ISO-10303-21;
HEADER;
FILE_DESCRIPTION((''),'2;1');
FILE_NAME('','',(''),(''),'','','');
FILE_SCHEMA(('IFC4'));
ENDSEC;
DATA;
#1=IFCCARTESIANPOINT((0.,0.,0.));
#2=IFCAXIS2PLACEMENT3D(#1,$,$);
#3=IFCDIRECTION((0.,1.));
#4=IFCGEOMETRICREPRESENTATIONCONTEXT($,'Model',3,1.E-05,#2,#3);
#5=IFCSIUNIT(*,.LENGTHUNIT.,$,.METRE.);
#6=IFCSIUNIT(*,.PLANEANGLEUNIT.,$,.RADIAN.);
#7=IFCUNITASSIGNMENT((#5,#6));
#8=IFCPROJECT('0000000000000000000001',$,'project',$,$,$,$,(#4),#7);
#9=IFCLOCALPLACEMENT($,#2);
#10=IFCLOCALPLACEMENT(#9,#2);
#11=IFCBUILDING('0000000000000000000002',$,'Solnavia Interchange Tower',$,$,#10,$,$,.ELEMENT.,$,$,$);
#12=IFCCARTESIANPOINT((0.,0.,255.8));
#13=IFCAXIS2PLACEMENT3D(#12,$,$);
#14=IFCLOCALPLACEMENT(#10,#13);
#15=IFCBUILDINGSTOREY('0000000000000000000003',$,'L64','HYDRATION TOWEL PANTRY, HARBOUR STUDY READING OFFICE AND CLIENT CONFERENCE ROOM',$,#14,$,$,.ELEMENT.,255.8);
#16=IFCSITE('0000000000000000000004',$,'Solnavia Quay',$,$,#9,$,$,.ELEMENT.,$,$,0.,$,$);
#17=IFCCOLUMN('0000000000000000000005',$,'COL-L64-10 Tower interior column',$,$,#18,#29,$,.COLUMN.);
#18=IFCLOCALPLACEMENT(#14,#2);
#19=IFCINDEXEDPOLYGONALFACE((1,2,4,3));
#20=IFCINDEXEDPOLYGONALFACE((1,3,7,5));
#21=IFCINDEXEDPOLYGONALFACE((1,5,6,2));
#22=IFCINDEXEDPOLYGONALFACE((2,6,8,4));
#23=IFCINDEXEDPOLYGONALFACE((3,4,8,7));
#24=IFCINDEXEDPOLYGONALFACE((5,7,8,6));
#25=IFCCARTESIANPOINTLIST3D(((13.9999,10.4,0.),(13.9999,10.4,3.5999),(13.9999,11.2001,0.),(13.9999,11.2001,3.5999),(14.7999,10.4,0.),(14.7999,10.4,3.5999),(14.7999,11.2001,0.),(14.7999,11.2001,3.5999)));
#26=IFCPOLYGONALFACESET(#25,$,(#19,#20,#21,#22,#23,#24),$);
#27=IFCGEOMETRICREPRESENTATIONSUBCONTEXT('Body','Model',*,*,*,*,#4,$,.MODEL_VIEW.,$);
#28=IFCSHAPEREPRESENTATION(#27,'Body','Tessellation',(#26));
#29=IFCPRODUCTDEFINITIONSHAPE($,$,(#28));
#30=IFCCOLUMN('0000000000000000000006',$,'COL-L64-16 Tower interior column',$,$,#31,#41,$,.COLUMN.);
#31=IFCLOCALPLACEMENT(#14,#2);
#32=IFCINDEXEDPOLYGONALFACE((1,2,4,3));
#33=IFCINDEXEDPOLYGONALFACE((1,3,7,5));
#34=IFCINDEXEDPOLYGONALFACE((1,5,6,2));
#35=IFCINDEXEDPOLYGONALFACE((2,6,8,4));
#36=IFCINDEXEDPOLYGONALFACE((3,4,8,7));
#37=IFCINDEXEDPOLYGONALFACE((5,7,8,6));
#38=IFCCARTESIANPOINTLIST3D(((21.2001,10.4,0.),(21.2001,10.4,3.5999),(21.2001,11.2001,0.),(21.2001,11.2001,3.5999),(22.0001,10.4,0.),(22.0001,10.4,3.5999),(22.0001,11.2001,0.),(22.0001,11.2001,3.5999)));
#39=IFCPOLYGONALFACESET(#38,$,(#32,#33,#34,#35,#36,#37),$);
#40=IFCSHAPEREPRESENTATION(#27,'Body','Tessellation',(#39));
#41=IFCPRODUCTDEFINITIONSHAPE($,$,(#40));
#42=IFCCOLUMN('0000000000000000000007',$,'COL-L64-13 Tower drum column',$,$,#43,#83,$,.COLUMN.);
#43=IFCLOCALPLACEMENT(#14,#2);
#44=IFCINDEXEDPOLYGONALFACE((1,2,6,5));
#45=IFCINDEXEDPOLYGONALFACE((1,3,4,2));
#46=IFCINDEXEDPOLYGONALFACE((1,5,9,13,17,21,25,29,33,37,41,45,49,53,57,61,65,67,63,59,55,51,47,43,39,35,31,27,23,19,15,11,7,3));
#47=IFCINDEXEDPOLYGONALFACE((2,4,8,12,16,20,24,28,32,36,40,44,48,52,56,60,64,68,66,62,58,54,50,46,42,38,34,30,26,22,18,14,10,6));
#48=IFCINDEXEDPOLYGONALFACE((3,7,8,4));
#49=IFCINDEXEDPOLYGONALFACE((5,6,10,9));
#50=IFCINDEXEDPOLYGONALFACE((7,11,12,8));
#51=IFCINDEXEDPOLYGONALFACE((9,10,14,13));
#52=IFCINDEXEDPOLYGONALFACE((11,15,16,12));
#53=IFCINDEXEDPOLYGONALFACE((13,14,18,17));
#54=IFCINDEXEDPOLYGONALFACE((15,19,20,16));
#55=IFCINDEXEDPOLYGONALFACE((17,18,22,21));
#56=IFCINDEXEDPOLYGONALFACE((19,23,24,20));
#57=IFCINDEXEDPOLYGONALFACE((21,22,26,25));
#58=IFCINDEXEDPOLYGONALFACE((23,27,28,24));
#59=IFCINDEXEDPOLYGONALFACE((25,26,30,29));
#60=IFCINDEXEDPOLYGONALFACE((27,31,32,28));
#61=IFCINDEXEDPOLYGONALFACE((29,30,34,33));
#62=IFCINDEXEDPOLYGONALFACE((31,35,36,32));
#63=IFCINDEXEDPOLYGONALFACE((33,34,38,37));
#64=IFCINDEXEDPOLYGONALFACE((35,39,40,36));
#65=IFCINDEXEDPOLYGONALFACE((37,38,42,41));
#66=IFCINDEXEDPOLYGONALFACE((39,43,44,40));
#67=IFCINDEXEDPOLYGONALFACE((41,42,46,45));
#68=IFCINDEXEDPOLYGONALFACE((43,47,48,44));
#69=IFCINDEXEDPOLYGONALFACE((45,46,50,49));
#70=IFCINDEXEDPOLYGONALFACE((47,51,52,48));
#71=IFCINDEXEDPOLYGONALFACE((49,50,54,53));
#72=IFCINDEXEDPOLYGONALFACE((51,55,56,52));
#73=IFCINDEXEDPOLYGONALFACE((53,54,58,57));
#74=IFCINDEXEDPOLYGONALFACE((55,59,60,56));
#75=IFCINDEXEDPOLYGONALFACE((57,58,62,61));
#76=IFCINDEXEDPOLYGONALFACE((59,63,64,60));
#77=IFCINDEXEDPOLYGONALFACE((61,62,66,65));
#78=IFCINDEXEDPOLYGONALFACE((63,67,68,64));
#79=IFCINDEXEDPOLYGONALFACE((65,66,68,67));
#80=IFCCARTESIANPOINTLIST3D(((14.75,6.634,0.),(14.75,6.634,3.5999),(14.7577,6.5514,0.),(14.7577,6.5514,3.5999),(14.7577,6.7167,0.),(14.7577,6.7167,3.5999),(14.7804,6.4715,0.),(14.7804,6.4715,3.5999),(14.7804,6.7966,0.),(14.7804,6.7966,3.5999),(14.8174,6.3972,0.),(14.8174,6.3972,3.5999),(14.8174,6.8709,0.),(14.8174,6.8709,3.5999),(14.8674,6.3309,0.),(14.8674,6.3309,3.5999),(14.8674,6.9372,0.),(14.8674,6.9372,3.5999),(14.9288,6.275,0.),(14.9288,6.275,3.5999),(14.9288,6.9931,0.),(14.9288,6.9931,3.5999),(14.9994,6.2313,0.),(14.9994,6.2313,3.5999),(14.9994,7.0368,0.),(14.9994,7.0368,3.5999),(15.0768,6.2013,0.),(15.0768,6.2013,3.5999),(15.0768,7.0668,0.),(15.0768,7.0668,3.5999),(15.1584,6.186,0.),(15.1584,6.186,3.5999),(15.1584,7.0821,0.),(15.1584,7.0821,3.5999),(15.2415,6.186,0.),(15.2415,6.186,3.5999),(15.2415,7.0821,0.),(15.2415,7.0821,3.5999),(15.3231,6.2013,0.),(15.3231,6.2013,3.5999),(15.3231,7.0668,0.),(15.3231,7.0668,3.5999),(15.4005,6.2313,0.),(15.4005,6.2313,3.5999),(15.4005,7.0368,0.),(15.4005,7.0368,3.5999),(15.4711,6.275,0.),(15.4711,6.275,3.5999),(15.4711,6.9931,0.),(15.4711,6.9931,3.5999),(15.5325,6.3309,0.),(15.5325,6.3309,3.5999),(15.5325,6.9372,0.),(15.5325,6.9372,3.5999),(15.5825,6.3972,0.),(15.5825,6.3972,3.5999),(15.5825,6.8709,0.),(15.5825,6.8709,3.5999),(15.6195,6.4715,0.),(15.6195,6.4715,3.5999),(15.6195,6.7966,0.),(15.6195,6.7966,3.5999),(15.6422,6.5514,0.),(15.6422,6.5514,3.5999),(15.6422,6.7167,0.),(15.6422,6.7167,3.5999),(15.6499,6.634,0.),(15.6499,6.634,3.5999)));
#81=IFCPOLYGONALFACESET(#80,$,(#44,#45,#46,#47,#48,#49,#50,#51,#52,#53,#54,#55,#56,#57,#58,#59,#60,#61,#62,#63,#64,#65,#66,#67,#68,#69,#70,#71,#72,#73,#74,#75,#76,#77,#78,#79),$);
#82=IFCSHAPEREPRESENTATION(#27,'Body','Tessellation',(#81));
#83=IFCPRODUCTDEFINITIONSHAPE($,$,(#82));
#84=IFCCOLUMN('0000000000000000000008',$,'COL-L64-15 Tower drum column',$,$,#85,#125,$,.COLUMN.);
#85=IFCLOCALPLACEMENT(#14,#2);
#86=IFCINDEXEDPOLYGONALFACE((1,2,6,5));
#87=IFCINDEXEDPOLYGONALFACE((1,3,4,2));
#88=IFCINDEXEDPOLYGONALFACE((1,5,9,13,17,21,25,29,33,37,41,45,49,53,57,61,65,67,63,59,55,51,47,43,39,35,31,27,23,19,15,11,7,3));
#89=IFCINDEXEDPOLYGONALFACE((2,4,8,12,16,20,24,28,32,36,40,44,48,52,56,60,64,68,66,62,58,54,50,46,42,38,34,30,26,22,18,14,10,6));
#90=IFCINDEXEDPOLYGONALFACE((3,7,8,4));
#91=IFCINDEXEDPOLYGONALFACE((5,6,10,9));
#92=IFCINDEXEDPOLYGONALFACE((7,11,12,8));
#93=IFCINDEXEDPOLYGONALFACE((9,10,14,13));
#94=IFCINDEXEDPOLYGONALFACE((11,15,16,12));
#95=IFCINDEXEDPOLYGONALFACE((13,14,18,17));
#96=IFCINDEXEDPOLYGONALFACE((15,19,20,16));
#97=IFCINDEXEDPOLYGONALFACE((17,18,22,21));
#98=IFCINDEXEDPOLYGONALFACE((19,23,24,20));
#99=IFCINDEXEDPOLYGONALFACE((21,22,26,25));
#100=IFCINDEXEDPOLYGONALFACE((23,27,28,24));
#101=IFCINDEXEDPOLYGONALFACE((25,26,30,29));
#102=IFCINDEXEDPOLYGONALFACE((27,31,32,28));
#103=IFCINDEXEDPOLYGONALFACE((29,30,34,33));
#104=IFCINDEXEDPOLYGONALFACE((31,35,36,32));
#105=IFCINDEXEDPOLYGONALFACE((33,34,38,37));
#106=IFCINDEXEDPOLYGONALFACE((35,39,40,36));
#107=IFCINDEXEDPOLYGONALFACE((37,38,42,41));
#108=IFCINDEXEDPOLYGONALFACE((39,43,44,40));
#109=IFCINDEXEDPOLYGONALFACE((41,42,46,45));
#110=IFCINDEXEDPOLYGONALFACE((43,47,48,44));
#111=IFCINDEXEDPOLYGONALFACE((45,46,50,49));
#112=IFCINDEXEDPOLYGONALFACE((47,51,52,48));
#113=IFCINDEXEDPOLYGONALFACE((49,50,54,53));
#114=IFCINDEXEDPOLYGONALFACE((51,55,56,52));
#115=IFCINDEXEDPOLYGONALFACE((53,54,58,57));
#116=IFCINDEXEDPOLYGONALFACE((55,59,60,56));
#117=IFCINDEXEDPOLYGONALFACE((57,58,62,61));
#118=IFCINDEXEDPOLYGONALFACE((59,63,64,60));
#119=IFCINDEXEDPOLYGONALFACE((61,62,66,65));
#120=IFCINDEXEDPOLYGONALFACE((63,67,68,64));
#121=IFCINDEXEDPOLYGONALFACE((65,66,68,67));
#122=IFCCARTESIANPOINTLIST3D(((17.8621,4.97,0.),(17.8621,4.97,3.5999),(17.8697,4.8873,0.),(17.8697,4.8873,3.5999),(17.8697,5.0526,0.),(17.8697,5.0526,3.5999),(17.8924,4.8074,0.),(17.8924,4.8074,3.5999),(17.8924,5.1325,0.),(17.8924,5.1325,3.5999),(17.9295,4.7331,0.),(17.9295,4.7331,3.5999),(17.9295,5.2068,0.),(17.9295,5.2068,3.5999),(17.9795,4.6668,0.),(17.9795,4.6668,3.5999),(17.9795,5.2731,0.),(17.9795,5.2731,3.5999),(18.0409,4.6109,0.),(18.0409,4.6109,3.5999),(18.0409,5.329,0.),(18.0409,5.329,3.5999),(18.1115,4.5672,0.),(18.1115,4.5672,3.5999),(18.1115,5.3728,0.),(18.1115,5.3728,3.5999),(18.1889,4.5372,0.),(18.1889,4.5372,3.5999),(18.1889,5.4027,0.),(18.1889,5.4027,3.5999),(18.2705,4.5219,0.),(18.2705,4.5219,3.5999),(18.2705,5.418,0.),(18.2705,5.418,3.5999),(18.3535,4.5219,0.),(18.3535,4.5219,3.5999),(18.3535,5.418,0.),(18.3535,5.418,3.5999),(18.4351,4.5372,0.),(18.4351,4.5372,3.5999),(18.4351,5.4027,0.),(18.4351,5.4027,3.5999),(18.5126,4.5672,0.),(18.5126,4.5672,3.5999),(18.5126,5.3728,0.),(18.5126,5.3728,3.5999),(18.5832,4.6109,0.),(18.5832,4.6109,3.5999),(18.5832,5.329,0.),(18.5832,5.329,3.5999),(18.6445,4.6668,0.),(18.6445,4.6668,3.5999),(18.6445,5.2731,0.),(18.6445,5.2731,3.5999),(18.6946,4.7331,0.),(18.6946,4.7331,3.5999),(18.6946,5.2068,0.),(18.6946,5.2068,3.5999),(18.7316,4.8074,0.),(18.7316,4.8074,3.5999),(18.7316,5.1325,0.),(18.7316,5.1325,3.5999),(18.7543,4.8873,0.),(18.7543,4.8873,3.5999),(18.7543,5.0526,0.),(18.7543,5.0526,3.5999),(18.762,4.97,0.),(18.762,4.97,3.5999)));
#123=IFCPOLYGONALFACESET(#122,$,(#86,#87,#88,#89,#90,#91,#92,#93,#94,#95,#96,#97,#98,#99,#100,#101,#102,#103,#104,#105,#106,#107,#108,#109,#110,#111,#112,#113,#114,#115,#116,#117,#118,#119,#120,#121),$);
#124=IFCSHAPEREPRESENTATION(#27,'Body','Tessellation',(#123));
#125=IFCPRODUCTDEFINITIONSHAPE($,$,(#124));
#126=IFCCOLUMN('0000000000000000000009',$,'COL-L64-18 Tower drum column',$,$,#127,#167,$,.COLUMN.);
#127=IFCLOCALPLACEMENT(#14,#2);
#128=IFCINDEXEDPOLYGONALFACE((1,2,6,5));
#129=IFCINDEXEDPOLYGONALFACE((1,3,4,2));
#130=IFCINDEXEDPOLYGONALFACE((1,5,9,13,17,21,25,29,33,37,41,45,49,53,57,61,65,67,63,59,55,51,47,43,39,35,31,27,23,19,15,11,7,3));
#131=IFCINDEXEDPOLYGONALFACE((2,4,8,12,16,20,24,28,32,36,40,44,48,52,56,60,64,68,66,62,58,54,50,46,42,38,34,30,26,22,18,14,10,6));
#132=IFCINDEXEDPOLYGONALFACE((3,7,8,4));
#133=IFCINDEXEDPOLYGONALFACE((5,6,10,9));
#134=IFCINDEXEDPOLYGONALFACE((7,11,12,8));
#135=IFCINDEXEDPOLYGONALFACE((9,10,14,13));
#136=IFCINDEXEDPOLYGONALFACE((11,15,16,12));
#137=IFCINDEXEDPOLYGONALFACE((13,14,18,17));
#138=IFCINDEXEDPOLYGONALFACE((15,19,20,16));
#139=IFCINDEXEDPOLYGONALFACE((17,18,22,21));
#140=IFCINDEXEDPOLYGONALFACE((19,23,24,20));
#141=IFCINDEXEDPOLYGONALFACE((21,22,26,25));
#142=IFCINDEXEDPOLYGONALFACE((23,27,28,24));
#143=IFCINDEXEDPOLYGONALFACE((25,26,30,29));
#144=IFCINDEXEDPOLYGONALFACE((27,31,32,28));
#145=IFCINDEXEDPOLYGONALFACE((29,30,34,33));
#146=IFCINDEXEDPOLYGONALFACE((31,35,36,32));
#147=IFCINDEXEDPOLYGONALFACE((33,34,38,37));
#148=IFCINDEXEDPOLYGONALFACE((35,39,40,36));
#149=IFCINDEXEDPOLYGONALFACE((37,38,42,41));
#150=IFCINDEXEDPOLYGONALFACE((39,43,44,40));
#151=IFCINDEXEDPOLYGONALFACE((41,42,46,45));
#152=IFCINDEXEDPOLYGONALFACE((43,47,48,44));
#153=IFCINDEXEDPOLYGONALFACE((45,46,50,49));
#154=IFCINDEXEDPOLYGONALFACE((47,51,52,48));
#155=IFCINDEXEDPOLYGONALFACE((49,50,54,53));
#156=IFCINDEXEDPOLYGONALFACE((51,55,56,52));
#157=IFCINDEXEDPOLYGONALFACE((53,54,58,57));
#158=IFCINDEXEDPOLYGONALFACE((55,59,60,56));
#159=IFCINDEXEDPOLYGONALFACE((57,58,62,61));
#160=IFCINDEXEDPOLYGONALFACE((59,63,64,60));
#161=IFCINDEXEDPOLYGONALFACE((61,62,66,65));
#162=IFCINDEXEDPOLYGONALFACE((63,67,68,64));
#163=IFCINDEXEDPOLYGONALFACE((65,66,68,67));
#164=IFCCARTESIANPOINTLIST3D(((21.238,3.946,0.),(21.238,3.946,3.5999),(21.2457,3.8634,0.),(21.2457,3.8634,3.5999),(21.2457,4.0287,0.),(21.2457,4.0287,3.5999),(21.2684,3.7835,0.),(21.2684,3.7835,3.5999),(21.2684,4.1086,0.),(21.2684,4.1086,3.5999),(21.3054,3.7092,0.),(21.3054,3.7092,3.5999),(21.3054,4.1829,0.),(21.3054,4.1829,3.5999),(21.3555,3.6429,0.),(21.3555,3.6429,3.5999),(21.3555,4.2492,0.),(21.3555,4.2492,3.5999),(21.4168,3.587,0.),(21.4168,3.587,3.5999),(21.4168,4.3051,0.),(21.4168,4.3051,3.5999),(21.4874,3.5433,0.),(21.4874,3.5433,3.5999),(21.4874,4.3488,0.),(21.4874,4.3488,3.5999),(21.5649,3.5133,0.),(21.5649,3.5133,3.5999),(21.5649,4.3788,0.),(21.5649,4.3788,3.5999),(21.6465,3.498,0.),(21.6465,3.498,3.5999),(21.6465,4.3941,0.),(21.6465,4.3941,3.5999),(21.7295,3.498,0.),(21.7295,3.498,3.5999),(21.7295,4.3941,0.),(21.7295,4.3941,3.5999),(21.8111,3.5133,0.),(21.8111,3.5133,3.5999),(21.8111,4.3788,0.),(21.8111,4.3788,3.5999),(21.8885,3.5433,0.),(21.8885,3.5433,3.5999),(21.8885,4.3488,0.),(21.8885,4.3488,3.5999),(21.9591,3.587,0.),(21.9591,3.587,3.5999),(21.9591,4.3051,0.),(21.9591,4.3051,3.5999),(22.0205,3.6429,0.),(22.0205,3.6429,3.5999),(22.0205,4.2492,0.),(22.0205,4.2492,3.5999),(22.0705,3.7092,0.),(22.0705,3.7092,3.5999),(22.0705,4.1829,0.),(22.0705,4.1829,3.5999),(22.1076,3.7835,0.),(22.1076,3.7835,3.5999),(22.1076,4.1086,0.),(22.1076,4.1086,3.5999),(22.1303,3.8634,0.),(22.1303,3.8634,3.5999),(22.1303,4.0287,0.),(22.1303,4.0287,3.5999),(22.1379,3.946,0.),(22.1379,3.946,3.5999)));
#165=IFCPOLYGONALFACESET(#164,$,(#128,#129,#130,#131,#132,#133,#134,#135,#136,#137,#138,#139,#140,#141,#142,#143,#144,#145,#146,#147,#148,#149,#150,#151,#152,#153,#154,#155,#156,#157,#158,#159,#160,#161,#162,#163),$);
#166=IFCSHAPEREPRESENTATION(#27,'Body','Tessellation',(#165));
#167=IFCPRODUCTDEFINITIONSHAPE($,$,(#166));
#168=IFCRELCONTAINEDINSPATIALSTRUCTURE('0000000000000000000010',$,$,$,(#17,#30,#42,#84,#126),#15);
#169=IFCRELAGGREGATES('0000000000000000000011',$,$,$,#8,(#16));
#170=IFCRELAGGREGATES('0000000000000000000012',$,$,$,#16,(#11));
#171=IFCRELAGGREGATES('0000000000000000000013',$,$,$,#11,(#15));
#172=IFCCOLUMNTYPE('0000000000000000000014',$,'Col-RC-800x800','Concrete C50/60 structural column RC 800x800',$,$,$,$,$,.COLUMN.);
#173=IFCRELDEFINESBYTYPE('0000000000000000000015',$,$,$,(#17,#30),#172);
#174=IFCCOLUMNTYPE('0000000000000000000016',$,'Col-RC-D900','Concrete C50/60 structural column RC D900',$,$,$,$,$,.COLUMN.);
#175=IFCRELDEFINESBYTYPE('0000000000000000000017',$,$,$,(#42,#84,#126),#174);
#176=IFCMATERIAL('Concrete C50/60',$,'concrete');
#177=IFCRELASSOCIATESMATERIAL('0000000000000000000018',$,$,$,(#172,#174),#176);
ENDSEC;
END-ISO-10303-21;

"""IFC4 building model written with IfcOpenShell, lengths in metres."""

from ifc_helpers import new_model, si_unit, direction, frame, origin, origin_2d, place, context, subcontext, project, spatial, rectangle, circle, extrude, material, material_profile, profile_set, type_object, element, save


model = new_model("IFC4")

# Units and contexts
model_context = context("Model", 3, precision=1e-05, world=origin(), true_north=direction((0.0, 1.0)))
body_context = subcontext(model_context, "Body", "Model", "MODEL_VIEW")
ifc_project = project(units=[si_unit("LENGTHUNIT", "METRE"), si_unit("PLANEANGLEUNIT", "RADIAN")], contexts=[model_context])

# Site, building, storey
site_placement = place(None, origin())
site = spatial("IfcSite", under=ifc_project, at=site_placement, Name="Solnavia Quay", CompositionType="ELEMENT", RefElevation=0.0)
building_placement = place(site_placement, origin())
building = spatial("IfcBuilding", under=site, at=building_placement, Name="Solnavia Interchange Tower", CompositionType="ELEMENT")
storey_placement = place(building_placement, frame((0.0, 0.0, 255.8)))
storey = spatial("IfcBuildingStorey", under=building, at=storey_placement, Name="L64", Description="HYDRATION TOWEL PANTRY, HARBOUR STUDY READING OFFICE AND CLIENT CONFERENCE ROOM", CompositionType="ELEMENT", Elevation=255.8)

# Columns
ifc_material_1 = material(Name="Concrete C50/60", Category="concrete")
ifc_material_profile_1 = material_profile(ifc_material_1, rectangle(XDim=0.8, YDim=0.8, at=origin_2d()), Name="RC 800x800")
ifc_profile_set_1 = profile_set([ifc_material_profile_1], Name="Concrete C50/60")
column_type_1 = type_object("IfcColumnType", Name="Col-RC-800x800", Description="Concrete C50/60 structural column RC 800x800", PredefinedType="COLUMN", material=ifc_profile_set_1)
for number, where, z_axis, x_axis, name in (
    (1, (14.3999, 10.8, 0.0), (0.0, 0.0, 1.0), (1.0, 0.0, 0.0), "COL-L64-10 Tower interior column"),
    (2, (21.6001, 10.8, 0.0), (0.0, 0.0, 1.0), (1.0, 0.0, 0.0), "COL-L64-16 Tower interior column"),
):
    element("IfcColumn", number, at=place(storey_placement, frame(where, z_axis=z_axis, x_axis=x_axis)), inside=storey, type_object=column_type_1, Name=name, PredefinedType="COLUMN", context=body_context, shape_type="SweptSolid", body=[
        extrude(rectangle(XDim=0.8, YDim=0.8, at=origin_2d()), origin(), (0.0, 0.0, 1.0), 3.5999),
    ])
ifc_material_profile_2 = material_profile(ifc_material_1, circle(Radius=0.45, at=origin_2d()), Name="RC D900")
ifc_profile_set_2 = profile_set([ifc_material_profile_2], Name="Concrete C50/60")
column_type_2 = type_object("IfcColumnType", Name="Col-RC-D900", Description="Concrete C50/60 structural column RC D900", PredefinedType="COLUMN", material=ifc_profile_set_2)
for number, where, z_axis, x_axis, name in (
    (3, (15.2, 6.634, 0.0), (0.0, 0.0, 1.0), (1.0, 0.0, 0.0), "COL-L64-13 Tower drum column"),
    (4, (18.312, 4.97, 0.0), (0.0, 0.0, 1.0), (1.0, 0.0, 0.0), "COL-L64-15 Tower drum column"),
    (5, (21.688, 3.946, 0.0), (0.0, 0.0, 1.0), (1.0, 0.0, 0.0), "COL-L64-18 Tower drum column"),
):
    element("IfcColumn", number, at=place(storey_placement, frame(where, z_axis=z_axis, x_axis=x_axis)), inside=storey, type_object=column_type_2, Name=name, PredefinedType="COLUMN", context=body_context, shape_type="SweptSolid", body=[
        extrude(circle(Radius=0.45, at=origin_2d()), origin(), (0.0, 0.0, 1.0), 3.5999),
    ])

save(model, "model.ifc")
